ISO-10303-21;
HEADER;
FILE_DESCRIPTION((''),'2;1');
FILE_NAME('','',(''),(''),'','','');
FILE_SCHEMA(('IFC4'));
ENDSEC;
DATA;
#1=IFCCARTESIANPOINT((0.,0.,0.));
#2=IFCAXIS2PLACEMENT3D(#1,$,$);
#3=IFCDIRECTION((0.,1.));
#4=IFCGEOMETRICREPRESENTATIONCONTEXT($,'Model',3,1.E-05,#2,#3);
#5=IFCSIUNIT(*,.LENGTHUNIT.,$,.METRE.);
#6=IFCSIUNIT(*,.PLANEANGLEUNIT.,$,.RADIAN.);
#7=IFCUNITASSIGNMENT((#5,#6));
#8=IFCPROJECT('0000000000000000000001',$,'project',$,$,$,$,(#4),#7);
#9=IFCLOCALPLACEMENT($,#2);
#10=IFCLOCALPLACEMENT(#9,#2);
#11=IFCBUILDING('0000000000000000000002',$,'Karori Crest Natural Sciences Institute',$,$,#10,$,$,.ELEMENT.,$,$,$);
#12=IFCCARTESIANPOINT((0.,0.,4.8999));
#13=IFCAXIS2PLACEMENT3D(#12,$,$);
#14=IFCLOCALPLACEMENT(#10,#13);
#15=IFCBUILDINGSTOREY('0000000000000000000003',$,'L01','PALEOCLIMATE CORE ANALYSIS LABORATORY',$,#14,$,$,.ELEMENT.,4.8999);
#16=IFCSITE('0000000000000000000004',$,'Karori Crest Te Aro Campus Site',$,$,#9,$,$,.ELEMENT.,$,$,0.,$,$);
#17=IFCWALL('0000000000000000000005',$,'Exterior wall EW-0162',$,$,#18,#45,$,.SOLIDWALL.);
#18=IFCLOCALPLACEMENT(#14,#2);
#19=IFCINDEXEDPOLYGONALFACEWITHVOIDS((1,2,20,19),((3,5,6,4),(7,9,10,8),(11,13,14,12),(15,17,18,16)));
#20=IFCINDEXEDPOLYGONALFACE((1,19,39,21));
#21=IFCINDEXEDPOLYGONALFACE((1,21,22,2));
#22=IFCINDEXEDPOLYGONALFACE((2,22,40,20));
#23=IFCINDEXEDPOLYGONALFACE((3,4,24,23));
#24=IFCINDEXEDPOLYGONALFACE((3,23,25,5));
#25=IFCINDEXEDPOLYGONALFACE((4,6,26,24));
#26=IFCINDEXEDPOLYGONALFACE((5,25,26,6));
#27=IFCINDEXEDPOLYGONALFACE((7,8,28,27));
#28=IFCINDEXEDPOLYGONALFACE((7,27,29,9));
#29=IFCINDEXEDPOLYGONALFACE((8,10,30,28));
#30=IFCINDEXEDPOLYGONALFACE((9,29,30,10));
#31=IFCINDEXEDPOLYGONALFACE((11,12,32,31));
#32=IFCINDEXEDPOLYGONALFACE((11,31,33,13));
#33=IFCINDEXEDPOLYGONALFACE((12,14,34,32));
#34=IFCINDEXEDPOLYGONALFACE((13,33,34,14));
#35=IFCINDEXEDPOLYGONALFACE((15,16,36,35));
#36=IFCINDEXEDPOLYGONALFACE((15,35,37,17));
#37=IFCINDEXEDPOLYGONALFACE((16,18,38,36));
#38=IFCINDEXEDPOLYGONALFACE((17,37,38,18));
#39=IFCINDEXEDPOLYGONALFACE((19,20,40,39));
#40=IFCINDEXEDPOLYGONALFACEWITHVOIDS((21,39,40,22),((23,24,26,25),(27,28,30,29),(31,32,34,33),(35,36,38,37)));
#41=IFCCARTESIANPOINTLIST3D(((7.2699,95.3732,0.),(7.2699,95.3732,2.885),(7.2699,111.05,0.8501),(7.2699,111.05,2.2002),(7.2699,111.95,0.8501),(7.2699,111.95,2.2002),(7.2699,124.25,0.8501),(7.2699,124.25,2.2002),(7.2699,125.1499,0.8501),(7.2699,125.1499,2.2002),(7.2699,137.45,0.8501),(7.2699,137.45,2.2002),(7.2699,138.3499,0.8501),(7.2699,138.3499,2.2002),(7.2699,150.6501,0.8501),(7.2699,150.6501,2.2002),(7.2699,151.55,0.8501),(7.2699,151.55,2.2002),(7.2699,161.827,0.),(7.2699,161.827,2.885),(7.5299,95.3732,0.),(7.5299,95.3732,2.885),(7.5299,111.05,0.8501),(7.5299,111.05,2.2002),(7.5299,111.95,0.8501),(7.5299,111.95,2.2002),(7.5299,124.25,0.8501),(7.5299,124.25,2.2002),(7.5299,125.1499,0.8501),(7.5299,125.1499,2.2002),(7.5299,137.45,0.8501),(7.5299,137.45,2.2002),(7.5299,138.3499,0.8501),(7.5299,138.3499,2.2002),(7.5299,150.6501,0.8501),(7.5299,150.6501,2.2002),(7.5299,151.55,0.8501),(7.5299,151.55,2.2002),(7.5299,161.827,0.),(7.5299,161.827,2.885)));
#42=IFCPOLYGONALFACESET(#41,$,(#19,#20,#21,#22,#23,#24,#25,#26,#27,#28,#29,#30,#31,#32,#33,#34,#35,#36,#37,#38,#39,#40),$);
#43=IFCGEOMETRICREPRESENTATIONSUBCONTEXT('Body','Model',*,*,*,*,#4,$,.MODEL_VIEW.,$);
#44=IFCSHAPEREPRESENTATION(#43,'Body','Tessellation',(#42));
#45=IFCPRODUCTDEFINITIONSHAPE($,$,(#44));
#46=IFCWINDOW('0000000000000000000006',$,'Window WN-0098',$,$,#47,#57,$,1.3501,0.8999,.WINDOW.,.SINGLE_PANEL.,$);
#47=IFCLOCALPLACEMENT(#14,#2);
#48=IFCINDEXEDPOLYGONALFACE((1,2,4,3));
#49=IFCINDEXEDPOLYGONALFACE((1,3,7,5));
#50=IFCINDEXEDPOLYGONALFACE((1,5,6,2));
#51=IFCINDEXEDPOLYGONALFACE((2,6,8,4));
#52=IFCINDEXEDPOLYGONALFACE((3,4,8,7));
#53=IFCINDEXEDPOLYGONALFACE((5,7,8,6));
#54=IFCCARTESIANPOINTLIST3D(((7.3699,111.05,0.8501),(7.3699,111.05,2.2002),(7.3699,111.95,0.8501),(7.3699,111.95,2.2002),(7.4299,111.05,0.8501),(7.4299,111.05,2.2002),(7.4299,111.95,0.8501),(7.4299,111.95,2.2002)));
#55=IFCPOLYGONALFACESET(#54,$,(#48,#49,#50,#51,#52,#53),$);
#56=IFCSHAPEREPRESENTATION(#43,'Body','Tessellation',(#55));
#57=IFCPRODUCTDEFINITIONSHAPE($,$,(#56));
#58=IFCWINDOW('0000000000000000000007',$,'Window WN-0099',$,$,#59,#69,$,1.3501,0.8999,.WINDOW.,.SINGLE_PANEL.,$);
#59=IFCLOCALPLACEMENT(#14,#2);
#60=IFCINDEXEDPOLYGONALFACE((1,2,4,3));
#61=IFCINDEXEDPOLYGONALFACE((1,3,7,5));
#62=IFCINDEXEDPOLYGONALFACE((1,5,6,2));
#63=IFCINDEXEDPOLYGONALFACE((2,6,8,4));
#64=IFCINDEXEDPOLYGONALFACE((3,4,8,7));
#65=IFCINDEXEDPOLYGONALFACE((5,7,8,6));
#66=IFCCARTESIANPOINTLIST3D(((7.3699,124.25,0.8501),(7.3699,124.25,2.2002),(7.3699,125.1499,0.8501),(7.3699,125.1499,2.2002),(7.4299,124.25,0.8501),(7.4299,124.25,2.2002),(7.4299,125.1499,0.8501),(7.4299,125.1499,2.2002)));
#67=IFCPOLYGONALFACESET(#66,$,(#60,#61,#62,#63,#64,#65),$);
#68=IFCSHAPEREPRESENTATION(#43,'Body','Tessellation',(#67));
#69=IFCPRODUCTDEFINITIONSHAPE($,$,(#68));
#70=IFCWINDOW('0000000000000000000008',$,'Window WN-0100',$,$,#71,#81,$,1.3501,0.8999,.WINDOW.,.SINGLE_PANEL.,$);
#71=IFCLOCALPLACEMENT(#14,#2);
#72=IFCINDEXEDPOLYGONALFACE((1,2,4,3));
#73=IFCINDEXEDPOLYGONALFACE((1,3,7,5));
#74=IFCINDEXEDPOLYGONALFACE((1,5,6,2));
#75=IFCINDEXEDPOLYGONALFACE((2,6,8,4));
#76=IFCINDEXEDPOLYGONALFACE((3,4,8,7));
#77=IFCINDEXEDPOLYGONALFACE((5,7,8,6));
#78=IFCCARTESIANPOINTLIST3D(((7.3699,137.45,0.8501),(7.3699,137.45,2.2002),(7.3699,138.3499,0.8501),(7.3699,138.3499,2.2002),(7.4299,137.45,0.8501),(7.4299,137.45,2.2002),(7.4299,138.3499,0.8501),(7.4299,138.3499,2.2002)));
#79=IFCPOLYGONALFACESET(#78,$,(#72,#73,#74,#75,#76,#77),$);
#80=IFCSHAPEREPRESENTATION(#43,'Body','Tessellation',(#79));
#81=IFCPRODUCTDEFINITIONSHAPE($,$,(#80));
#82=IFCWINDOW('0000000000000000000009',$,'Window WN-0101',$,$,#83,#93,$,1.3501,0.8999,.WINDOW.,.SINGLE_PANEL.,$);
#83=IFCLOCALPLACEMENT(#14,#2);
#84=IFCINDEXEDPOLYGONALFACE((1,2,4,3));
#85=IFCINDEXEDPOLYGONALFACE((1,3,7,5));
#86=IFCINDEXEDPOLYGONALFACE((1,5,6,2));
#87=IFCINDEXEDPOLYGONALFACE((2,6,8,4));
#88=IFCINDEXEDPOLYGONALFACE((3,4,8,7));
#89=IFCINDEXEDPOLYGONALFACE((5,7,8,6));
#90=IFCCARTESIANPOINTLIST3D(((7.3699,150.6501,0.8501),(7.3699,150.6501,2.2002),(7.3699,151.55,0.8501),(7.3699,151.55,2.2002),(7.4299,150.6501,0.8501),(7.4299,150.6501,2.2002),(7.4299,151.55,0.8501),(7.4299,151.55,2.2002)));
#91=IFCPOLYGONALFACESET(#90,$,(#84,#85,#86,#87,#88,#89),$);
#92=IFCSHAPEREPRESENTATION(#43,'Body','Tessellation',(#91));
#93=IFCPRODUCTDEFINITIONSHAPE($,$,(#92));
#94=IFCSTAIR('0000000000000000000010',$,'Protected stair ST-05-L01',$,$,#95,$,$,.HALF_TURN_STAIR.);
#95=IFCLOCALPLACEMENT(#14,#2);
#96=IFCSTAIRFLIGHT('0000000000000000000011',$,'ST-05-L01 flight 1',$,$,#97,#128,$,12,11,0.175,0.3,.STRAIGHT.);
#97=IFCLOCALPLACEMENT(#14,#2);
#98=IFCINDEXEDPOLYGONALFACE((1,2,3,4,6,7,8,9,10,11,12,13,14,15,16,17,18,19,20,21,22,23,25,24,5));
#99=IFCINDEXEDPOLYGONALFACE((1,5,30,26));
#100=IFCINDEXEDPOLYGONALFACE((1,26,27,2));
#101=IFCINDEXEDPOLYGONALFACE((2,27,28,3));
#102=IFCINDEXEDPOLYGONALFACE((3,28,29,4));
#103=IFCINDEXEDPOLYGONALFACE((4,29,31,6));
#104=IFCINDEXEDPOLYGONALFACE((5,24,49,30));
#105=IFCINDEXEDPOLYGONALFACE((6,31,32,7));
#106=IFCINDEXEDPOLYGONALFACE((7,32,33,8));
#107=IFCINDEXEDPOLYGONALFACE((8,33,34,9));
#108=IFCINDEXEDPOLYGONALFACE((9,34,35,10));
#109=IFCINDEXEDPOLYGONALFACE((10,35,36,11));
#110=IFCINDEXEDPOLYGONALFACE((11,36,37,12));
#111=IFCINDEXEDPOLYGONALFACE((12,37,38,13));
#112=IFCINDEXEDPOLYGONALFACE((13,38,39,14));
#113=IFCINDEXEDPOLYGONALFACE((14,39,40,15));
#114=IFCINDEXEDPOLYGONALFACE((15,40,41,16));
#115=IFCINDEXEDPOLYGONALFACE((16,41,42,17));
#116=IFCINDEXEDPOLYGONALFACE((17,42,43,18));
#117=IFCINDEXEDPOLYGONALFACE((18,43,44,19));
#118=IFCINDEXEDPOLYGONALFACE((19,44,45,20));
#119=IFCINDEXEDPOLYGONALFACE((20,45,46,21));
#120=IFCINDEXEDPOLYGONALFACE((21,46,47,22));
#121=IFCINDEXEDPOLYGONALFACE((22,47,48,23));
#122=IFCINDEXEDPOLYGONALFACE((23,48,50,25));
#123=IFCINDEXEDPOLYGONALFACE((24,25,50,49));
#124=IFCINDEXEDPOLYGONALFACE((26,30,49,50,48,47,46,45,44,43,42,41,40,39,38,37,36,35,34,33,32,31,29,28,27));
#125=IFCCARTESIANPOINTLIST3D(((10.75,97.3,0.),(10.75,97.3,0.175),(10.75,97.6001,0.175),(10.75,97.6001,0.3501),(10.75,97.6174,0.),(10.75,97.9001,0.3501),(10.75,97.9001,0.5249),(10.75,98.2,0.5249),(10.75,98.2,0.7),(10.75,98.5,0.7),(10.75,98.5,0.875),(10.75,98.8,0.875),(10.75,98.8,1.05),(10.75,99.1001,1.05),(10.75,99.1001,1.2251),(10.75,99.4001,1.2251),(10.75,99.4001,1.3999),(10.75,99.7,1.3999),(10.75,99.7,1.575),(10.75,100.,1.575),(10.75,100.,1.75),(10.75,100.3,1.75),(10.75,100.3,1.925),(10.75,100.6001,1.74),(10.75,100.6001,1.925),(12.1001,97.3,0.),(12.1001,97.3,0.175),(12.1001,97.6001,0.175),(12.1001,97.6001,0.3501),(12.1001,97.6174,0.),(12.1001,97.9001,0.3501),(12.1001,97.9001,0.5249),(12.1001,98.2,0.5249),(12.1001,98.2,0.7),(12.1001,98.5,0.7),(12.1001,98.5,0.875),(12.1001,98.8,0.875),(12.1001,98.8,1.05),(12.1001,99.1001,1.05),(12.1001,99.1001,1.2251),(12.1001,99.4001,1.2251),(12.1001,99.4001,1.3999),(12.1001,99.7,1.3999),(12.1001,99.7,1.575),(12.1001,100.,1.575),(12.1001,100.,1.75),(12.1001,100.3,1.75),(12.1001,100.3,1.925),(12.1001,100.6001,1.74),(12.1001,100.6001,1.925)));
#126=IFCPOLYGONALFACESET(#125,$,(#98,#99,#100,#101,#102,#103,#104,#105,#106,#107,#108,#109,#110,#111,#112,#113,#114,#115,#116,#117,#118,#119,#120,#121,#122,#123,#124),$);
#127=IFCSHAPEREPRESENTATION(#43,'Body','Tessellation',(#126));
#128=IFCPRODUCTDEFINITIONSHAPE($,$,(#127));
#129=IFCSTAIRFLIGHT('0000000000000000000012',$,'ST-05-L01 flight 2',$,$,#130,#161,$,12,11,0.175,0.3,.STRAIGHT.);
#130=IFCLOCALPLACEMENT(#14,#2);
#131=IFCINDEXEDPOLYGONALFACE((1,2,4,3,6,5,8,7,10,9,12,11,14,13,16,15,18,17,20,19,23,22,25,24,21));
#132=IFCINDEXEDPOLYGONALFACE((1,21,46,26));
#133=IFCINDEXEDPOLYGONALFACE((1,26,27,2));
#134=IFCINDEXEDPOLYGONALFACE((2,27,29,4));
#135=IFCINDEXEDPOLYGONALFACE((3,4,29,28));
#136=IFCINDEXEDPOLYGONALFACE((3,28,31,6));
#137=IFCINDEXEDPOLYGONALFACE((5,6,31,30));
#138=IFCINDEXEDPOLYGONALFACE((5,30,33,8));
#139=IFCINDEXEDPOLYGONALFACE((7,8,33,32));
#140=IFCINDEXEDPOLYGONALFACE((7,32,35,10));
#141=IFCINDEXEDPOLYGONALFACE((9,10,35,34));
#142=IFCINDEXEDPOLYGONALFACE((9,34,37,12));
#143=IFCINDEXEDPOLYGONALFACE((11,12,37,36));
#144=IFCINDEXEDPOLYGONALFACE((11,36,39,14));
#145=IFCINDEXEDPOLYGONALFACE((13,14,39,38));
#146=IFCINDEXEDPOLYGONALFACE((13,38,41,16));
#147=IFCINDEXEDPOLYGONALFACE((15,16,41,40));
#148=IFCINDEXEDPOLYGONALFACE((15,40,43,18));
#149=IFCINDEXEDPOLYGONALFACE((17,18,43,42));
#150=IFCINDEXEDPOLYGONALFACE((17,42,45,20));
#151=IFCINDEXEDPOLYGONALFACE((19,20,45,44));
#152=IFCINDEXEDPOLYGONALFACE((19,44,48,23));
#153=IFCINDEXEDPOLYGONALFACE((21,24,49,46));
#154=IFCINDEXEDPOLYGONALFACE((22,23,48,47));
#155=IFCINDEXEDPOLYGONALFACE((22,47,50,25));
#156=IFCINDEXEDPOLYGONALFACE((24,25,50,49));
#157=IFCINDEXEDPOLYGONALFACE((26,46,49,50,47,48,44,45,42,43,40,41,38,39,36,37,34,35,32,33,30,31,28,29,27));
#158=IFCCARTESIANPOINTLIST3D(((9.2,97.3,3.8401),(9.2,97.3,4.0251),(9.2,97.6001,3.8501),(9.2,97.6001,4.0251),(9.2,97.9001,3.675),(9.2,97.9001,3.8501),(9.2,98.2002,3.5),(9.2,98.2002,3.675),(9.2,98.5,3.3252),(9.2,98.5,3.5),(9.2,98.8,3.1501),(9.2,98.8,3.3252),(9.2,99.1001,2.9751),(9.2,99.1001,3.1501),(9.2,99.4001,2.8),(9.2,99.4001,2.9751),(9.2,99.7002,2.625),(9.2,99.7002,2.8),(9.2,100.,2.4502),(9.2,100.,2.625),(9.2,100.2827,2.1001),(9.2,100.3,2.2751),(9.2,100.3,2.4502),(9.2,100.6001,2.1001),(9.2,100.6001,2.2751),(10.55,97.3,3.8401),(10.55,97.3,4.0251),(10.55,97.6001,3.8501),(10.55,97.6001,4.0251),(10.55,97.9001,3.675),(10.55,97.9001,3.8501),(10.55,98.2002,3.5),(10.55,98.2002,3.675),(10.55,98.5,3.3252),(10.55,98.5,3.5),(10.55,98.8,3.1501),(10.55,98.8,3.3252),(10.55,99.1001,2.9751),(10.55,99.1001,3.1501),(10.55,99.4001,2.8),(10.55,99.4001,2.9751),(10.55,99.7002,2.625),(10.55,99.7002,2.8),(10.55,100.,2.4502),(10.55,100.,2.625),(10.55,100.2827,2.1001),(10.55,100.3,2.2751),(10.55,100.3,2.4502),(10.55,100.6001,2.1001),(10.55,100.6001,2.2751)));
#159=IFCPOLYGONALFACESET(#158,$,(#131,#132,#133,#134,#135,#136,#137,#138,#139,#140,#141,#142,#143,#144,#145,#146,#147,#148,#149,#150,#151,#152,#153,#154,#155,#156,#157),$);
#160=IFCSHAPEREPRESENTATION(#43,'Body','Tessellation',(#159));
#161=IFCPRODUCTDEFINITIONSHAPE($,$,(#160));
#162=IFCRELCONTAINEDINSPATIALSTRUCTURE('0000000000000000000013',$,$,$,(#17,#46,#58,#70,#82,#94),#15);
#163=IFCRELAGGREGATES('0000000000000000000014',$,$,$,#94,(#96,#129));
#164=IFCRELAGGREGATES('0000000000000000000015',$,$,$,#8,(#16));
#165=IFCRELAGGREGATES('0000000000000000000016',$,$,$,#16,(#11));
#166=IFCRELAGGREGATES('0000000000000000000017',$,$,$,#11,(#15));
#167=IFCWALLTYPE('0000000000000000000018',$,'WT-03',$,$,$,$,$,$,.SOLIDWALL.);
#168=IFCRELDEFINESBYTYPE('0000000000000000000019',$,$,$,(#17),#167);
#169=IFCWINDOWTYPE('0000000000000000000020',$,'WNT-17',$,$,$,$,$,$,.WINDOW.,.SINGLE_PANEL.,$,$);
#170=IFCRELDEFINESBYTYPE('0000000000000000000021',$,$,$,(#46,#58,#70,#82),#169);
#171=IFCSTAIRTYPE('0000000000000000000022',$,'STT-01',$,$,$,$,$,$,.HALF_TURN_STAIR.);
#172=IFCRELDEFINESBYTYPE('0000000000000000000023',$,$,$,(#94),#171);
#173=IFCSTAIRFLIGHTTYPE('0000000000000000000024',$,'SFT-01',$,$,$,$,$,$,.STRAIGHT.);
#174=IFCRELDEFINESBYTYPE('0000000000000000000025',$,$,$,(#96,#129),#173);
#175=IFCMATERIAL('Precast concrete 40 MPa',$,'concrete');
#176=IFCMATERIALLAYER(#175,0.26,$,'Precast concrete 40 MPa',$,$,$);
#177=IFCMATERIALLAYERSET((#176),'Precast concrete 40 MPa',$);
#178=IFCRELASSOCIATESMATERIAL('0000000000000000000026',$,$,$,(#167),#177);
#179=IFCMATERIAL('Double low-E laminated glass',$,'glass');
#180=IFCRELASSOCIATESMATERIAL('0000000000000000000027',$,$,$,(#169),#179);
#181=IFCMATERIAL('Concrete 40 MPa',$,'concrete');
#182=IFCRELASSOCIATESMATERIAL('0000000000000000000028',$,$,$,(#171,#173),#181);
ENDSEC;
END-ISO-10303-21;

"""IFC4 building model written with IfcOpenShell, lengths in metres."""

from ifc_helpers import new_model, si_unit, direction, frame, frame_2d, origin, place, context, subcontext, project, spatial, polyline, rectangle, outline, extrude, material, layer, layer_set, type_object, element, fill, aggregate, save


model = new_model("IFC4")

# Units and contexts
model_context = context("Model", 3, precision=1e-05, world=origin(), true_north=direction((0.0, 1.0)))
body_context = subcontext(model_context, "Body", "Model", "MODEL_VIEW")
ifc_project = project(units=[si_unit("LENGTHUNIT", "METRE"), si_unit("PLANEANGLEUNIT", "RADIAN")], contexts=[model_context])

# Site, building, storey
site_placement = place(None, origin())
site = spatial("IfcSite", under=ifc_project, at=site_placement, Name="Karori Crest Te Aro Campus Site", CompositionType="ELEMENT", RefElevation=0.0)
building_placement = place(site_placement, origin())
building = spatial("IfcBuilding", under=site, at=building_placement, Name="Karori Crest Natural Sciences Institute", CompositionType="ELEMENT")
storey_placement = place(building_placement, frame((0.0, 0.0, 4.8999)))
storey = spatial("IfcBuildingStorey", under=building, at=storey_placement, Name="L01", Description="PALEOCLIMATE CORE ANALYSIS LABORATORY", CompositionType="ELEMENT", Elevation=4.8999)

# Wall, openings, windows
ifc_material_1 = material(Name="Precast concrete 40 MPa", Category="concrete")
ifc_layer_1 = layer(ifc_material_1, 0.26, Name="Precast concrete 40 MPa")
ifc_layer_set_1 = layer_set([ifc_layer_1], Name="Precast concrete 40 MPa")
wall_type_1 = type_object("IfcWallType", Name="WT-03", PredefinedType="SOLIDWALL", material=ifc_layer_set_1)
wall_1_placement = place(storey_placement, frame((7.3999, 95.373, 0.0), z_axis=(0.0, 0.0, 1.0), x_axis=(0.0, 1.0, 0.0)))
wall_1 = element("IfcWall", 1, at=wall_1_placement, inside=storey, type_object=wall_type_1, Name="Exterior wall EW-0162", PredefinedType="SOLIDWALL", context=body_context, shape_type="SweptSolid", body=[
    extrude(rectangle(XDim=66.4539, YDim=0.26, at=frame_2d((33.2271, 0.0))), origin(), (0.0, 0.0, 1.0), 2.885),
])
opening_1_placement = place(wall_1_placement, frame((15.677, 0.0, 0.8501)))
opening_1 = element("IfcOpeningElement", 2, at=opening_1_placement, cuts=wall_1, PredefinedType="OPENING", context=body_context, shape_type="SweptSolid", body=[
    extrude(rectangle(XDim=0.8999, YDim=1.3501, at=frame_2d((0.45, 0.675))), frame((0.0, 0.1401, 0.0), z_axis=(0.0, -1.0, 0.0), x_axis=(1.0, 0.0, 0.0)), (0.0, 0.0, 1.0), 0.28),
])
opening_2_placement = place(wall_1_placement, frame((28.877, 0.0, 0.8501)))
opening_2 = element("IfcOpeningElement", 3, at=opening_2_placement, cuts=wall_1, PredefinedType="OPENING", context=body_context, shape_type="SweptSolid", body=[
    extrude(rectangle(XDim=0.8999, YDim=1.3501, at=frame_2d((0.45, 0.675))), frame((0.0, 0.1401, 0.0), z_axis=(0.0, -1.0, 0.0), x_axis=(1.0, 0.0, 0.0)), (0.0, 0.0, 1.0), 0.28),
])
opening_3_placement = place(wall_1_placement, frame((42.0769, 0.0, 0.8501)))
opening_3 = element("IfcOpeningElement", 4, at=opening_3_placement, cuts=wall_1, PredefinedType="OPENING", context=body_context, shape_type="SweptSolid", body=[
    extrude(rectangle(XDim=0.8999, YDim=1.3501, at=frame_2d((0.45, 0.675))), frame((0.0, 0.1401, 0.0), z_axis=(0.0, -1.0, 0.0), x_axis=(1.0, 0.0, 0.0)), (0.0, 0.0, 1.0), 0.28),
])
opening_4_placement = place(wall_1_placement, frame((55.2771, 0.0, 0.8501)))
opening_4 = element("IfcOpeningElement", 5, at=opening_4_placement, cuts=wall_1, PredefinedType="OPENING", context=body_context, shape_type="SweptSolid", body=[
    extrude(rectangle(XDim=0.8999, YDim=1.3501, at=frame_2d((0.45, 0.675))), frame((0.0, 0.1401, 0.0), z_axis=(0.0, -1.0, 0.0), x_axis=(1.0, 0.0, 0.0)), (0.0, 0.0, 1.0), 0.28),
])
ifc_material_2 = material(Name="Double low-E laminated glass", Category="glass")
window_type = type_object("IfcWindowType", Name="WNT-17", PartitioningType="SINGLE_PANEL", PredefinedType="WINDOW", material=ifc_material_2)
window_1_placement = place(opening_1_placement, origin())
window_1 = element("IfcWindow", 6, at=window_1_placement, inside=storey, type_object=window_type, Name="Window WN-0098", OverallHeight=1.3501, OverallWidth=0.8999, PartitioningType="SINGLE_PANEL", PredefinedType="WINDOW", context=body_context, shape_type="SweptSolid", body=[
    extrude(rectangle(XDim=0.8999, YDim=1.3501, at=frame_2d((0.45, 0.675))), frame((0.0, 0.03, 0.0), z_axis=(0.0, -1.0, 0.0), x_axis=(1.0, 0.0, 0.0)), (0.0, 0.0, 1.0), 0.0601),
])
fill(opening_1, window_1)
window_2_placement = place(opening_2_placement, origin())
window_2 = element("IfcWindow", 7, at=window_2_placement, inside=storey, type_object=window_type, Name="Window WN-0099", OverallHeight=1.3501, OverallWidth=0.8999, PartitioningType="SINGLE_PANEL", PredefinedType="WINDOW", context=body_context, shape_type="SweptSolid", body=[
    extrude(rectangle(XDim=0.8999, YDim=1.3501, at=frame_2d((0.45, 0.675))), frame((0.0, 0.03, 0.0), z_axis=(0.0, -1.0, 0.0), x_axis=(1.0, 0.0, 0.0)), (0.0, 0.0, 1.0), 0.0601),
])
fill(opening_2, window_2)
window_3_placement = place(opening_3_placement, origin())
window_3 = element("IfcWindow", 8, at=window_3_placement, inside=storey, type_object=window_type, Name="Window WN-0100", OverallHeight=1.3501, OverallWidth=0.8999, PartitioningType="SINGLE_PANEL", PredefinedType="WINDOW", context=body_context, shape_type="SweptSolid", body=[
    extrude(rectangle(XDim=0.8999, YDim=1.3501, at=frame_2d((0.45, 0.675))), frame((0.0, 0.03, 0.0), z_axis=(0.0, -1.0, 0.0), x_axis=(1.0, 0.0, 0.0)), (0.0, 0.0, 1.0), 0.0601),
])
fill(opening_3, window_3)
window_4_placement = place(opening_4_placement, origin())
window_4 = element("IfcWindow", 9, at=window_4_placement, inside=storey, type_object=window_type, Name="Window WN-0101", OverallHeight=1.3501, OverallWidth=0.8999, PartitioningType="SINGLE_PANEL", PredefinedType="WINDOW", context=body_context, shape_type="SweptSolid", body=[
    extrude(rectangle(XDim=0.8999, YDim=1.3501, at=frame_2d((0.45, 0.675))), frame((0.0, 0.03, 0.0), z_axis=(0.0, -1.0, 0.0), x_axis=(1.0, 0.0, 0.0)), (0.0, 0.0, 1.0), 0.0601),
])
fill(opening_4, window_4)

# Stair, stair flights
ifc_material_3 = material(Name="Concrete 40 MPa", Category="concrete")
stair_type = type_object("IfcStairType", Name="STT-01", PredefinedType="HALF_TURN_STAIR", material=ifc_material_3)
stair_placement = place(storey_placement, origin())
stair = element("IfcStair", 10, at=stair_placement, inside=storey, type_object=stair_type, Name="Protected stair ST-05-L01", PredefinedType="HALF_TURN_STAIR")
stair_flight_type = type_object("IfcStairFlightType", Name="SFT-01", PredefinedType="STRAIGHT", material=ifc_material_3)
stair_flight_1_placement = place(storey_placement, frame((11.425, 97.3, 0.0), z_axis=(0.0, 0.0, 1.0), x_axis=(0.0, 1.0, 0.0)))
stair_flight_1 = element("IfcStairFlight", 11, at=stair_flight_1_placement, type_object=stair_flight_type, Name="ST-05-L01 flight 1", NumberOfRisers=12, NumberOfTreads=11, PredefinedType="STRAIGHT", RiserHeight=0.175, TreadLength=0.3, context=body_context, shape_type="SweptSolid", body=[
    extrude(outline(polyline([(0.0, 0.0), (0.0, 0.175), (0.3, 0.175), (0.3, 0.3501), (0.6001, 0.3501), (0.6001, 0.5249), (0.8999, 0.5249), (0.8999, 0.7), (1.2, 0.7), (1.2, 0.875), (1.5, 0.875), (1.5, 1.05), (1.8, 1.05), (1.8, 1.2251), (2.1001, 1.2251), (2.1001, 1.3999), (2.3999, 1.3999), (2.3999, 1.575), (2.7, 1.575), (2.7, 1.75), (3.0, 1.75), (3.0, 1.925), (3.3, 1.925), (3.3, 2.1001), (3.3, 1.74), (0.3174, 0.0), (0.0, 0.0)])), frame((0.0, 0.675, 0.0), z_axis=(0.0, -1.0, 0.0), x_axis=(1.0, 0.0, 0.0)), (0.0, 0.0, 1.0), 1.3501),
])
stair_flight_2_placement = place(storey_placement, frame((9.875, 100.6001, 2.1001), z_axis=(0.0, 0.0, 1.0), x_axis=(0.0, -1.0, 0.0)))
stair_flight_2 = element("IfcStairFlight", 12, at=stair_flight_2_placement, type_object=stair_flight_type, Name="ST-05-L01 flight 2", NumberOfRisers=12, NumberOfTreads=11, PredefinedType="STRAIGHT", RiserHeight=0.175, TreadLength=0.3, context=body_context, shape_type="SweptSolid", body=[
    extrude(outline(polyline([(0.0, 0.0), (0.0, 0.175), (0.3, 0.175), (0.3, 0.3501), (0.6001, 0.3501), (0.6001, 0.5249), (0.8999, 0.5249), (0.8999, 0.7), (1.2, 0.7), (1.2, 0.875), (1.5, 0.875), (1.5, 1.05), (1.8, 1.05), (1.8, 1.2251), (2.1001, 1.2251), (2.1001, 1.3999), (2.3999, 1.3999), (2.3999, 1.575), (2.7, 1.575), (2.7, 1.75), (3.0, 1.75), (3.0, 1.925), (3.3, 1.925), (3.3, 2.1001), (3.3, 1.74), (0.3174, 0.0), (0.0, 0.0)])), frame((0.0, 0.675, 0.0), z_axis=(0.0, -1.0, 0.0), x_axis=(1.0, 0.0, 0.0)), (0.0, 0.0, 1.0), 1.3501),
])
aggregate(stair, [stair_flight_1, stair_flight_2])

save(model, "model.ifc")
